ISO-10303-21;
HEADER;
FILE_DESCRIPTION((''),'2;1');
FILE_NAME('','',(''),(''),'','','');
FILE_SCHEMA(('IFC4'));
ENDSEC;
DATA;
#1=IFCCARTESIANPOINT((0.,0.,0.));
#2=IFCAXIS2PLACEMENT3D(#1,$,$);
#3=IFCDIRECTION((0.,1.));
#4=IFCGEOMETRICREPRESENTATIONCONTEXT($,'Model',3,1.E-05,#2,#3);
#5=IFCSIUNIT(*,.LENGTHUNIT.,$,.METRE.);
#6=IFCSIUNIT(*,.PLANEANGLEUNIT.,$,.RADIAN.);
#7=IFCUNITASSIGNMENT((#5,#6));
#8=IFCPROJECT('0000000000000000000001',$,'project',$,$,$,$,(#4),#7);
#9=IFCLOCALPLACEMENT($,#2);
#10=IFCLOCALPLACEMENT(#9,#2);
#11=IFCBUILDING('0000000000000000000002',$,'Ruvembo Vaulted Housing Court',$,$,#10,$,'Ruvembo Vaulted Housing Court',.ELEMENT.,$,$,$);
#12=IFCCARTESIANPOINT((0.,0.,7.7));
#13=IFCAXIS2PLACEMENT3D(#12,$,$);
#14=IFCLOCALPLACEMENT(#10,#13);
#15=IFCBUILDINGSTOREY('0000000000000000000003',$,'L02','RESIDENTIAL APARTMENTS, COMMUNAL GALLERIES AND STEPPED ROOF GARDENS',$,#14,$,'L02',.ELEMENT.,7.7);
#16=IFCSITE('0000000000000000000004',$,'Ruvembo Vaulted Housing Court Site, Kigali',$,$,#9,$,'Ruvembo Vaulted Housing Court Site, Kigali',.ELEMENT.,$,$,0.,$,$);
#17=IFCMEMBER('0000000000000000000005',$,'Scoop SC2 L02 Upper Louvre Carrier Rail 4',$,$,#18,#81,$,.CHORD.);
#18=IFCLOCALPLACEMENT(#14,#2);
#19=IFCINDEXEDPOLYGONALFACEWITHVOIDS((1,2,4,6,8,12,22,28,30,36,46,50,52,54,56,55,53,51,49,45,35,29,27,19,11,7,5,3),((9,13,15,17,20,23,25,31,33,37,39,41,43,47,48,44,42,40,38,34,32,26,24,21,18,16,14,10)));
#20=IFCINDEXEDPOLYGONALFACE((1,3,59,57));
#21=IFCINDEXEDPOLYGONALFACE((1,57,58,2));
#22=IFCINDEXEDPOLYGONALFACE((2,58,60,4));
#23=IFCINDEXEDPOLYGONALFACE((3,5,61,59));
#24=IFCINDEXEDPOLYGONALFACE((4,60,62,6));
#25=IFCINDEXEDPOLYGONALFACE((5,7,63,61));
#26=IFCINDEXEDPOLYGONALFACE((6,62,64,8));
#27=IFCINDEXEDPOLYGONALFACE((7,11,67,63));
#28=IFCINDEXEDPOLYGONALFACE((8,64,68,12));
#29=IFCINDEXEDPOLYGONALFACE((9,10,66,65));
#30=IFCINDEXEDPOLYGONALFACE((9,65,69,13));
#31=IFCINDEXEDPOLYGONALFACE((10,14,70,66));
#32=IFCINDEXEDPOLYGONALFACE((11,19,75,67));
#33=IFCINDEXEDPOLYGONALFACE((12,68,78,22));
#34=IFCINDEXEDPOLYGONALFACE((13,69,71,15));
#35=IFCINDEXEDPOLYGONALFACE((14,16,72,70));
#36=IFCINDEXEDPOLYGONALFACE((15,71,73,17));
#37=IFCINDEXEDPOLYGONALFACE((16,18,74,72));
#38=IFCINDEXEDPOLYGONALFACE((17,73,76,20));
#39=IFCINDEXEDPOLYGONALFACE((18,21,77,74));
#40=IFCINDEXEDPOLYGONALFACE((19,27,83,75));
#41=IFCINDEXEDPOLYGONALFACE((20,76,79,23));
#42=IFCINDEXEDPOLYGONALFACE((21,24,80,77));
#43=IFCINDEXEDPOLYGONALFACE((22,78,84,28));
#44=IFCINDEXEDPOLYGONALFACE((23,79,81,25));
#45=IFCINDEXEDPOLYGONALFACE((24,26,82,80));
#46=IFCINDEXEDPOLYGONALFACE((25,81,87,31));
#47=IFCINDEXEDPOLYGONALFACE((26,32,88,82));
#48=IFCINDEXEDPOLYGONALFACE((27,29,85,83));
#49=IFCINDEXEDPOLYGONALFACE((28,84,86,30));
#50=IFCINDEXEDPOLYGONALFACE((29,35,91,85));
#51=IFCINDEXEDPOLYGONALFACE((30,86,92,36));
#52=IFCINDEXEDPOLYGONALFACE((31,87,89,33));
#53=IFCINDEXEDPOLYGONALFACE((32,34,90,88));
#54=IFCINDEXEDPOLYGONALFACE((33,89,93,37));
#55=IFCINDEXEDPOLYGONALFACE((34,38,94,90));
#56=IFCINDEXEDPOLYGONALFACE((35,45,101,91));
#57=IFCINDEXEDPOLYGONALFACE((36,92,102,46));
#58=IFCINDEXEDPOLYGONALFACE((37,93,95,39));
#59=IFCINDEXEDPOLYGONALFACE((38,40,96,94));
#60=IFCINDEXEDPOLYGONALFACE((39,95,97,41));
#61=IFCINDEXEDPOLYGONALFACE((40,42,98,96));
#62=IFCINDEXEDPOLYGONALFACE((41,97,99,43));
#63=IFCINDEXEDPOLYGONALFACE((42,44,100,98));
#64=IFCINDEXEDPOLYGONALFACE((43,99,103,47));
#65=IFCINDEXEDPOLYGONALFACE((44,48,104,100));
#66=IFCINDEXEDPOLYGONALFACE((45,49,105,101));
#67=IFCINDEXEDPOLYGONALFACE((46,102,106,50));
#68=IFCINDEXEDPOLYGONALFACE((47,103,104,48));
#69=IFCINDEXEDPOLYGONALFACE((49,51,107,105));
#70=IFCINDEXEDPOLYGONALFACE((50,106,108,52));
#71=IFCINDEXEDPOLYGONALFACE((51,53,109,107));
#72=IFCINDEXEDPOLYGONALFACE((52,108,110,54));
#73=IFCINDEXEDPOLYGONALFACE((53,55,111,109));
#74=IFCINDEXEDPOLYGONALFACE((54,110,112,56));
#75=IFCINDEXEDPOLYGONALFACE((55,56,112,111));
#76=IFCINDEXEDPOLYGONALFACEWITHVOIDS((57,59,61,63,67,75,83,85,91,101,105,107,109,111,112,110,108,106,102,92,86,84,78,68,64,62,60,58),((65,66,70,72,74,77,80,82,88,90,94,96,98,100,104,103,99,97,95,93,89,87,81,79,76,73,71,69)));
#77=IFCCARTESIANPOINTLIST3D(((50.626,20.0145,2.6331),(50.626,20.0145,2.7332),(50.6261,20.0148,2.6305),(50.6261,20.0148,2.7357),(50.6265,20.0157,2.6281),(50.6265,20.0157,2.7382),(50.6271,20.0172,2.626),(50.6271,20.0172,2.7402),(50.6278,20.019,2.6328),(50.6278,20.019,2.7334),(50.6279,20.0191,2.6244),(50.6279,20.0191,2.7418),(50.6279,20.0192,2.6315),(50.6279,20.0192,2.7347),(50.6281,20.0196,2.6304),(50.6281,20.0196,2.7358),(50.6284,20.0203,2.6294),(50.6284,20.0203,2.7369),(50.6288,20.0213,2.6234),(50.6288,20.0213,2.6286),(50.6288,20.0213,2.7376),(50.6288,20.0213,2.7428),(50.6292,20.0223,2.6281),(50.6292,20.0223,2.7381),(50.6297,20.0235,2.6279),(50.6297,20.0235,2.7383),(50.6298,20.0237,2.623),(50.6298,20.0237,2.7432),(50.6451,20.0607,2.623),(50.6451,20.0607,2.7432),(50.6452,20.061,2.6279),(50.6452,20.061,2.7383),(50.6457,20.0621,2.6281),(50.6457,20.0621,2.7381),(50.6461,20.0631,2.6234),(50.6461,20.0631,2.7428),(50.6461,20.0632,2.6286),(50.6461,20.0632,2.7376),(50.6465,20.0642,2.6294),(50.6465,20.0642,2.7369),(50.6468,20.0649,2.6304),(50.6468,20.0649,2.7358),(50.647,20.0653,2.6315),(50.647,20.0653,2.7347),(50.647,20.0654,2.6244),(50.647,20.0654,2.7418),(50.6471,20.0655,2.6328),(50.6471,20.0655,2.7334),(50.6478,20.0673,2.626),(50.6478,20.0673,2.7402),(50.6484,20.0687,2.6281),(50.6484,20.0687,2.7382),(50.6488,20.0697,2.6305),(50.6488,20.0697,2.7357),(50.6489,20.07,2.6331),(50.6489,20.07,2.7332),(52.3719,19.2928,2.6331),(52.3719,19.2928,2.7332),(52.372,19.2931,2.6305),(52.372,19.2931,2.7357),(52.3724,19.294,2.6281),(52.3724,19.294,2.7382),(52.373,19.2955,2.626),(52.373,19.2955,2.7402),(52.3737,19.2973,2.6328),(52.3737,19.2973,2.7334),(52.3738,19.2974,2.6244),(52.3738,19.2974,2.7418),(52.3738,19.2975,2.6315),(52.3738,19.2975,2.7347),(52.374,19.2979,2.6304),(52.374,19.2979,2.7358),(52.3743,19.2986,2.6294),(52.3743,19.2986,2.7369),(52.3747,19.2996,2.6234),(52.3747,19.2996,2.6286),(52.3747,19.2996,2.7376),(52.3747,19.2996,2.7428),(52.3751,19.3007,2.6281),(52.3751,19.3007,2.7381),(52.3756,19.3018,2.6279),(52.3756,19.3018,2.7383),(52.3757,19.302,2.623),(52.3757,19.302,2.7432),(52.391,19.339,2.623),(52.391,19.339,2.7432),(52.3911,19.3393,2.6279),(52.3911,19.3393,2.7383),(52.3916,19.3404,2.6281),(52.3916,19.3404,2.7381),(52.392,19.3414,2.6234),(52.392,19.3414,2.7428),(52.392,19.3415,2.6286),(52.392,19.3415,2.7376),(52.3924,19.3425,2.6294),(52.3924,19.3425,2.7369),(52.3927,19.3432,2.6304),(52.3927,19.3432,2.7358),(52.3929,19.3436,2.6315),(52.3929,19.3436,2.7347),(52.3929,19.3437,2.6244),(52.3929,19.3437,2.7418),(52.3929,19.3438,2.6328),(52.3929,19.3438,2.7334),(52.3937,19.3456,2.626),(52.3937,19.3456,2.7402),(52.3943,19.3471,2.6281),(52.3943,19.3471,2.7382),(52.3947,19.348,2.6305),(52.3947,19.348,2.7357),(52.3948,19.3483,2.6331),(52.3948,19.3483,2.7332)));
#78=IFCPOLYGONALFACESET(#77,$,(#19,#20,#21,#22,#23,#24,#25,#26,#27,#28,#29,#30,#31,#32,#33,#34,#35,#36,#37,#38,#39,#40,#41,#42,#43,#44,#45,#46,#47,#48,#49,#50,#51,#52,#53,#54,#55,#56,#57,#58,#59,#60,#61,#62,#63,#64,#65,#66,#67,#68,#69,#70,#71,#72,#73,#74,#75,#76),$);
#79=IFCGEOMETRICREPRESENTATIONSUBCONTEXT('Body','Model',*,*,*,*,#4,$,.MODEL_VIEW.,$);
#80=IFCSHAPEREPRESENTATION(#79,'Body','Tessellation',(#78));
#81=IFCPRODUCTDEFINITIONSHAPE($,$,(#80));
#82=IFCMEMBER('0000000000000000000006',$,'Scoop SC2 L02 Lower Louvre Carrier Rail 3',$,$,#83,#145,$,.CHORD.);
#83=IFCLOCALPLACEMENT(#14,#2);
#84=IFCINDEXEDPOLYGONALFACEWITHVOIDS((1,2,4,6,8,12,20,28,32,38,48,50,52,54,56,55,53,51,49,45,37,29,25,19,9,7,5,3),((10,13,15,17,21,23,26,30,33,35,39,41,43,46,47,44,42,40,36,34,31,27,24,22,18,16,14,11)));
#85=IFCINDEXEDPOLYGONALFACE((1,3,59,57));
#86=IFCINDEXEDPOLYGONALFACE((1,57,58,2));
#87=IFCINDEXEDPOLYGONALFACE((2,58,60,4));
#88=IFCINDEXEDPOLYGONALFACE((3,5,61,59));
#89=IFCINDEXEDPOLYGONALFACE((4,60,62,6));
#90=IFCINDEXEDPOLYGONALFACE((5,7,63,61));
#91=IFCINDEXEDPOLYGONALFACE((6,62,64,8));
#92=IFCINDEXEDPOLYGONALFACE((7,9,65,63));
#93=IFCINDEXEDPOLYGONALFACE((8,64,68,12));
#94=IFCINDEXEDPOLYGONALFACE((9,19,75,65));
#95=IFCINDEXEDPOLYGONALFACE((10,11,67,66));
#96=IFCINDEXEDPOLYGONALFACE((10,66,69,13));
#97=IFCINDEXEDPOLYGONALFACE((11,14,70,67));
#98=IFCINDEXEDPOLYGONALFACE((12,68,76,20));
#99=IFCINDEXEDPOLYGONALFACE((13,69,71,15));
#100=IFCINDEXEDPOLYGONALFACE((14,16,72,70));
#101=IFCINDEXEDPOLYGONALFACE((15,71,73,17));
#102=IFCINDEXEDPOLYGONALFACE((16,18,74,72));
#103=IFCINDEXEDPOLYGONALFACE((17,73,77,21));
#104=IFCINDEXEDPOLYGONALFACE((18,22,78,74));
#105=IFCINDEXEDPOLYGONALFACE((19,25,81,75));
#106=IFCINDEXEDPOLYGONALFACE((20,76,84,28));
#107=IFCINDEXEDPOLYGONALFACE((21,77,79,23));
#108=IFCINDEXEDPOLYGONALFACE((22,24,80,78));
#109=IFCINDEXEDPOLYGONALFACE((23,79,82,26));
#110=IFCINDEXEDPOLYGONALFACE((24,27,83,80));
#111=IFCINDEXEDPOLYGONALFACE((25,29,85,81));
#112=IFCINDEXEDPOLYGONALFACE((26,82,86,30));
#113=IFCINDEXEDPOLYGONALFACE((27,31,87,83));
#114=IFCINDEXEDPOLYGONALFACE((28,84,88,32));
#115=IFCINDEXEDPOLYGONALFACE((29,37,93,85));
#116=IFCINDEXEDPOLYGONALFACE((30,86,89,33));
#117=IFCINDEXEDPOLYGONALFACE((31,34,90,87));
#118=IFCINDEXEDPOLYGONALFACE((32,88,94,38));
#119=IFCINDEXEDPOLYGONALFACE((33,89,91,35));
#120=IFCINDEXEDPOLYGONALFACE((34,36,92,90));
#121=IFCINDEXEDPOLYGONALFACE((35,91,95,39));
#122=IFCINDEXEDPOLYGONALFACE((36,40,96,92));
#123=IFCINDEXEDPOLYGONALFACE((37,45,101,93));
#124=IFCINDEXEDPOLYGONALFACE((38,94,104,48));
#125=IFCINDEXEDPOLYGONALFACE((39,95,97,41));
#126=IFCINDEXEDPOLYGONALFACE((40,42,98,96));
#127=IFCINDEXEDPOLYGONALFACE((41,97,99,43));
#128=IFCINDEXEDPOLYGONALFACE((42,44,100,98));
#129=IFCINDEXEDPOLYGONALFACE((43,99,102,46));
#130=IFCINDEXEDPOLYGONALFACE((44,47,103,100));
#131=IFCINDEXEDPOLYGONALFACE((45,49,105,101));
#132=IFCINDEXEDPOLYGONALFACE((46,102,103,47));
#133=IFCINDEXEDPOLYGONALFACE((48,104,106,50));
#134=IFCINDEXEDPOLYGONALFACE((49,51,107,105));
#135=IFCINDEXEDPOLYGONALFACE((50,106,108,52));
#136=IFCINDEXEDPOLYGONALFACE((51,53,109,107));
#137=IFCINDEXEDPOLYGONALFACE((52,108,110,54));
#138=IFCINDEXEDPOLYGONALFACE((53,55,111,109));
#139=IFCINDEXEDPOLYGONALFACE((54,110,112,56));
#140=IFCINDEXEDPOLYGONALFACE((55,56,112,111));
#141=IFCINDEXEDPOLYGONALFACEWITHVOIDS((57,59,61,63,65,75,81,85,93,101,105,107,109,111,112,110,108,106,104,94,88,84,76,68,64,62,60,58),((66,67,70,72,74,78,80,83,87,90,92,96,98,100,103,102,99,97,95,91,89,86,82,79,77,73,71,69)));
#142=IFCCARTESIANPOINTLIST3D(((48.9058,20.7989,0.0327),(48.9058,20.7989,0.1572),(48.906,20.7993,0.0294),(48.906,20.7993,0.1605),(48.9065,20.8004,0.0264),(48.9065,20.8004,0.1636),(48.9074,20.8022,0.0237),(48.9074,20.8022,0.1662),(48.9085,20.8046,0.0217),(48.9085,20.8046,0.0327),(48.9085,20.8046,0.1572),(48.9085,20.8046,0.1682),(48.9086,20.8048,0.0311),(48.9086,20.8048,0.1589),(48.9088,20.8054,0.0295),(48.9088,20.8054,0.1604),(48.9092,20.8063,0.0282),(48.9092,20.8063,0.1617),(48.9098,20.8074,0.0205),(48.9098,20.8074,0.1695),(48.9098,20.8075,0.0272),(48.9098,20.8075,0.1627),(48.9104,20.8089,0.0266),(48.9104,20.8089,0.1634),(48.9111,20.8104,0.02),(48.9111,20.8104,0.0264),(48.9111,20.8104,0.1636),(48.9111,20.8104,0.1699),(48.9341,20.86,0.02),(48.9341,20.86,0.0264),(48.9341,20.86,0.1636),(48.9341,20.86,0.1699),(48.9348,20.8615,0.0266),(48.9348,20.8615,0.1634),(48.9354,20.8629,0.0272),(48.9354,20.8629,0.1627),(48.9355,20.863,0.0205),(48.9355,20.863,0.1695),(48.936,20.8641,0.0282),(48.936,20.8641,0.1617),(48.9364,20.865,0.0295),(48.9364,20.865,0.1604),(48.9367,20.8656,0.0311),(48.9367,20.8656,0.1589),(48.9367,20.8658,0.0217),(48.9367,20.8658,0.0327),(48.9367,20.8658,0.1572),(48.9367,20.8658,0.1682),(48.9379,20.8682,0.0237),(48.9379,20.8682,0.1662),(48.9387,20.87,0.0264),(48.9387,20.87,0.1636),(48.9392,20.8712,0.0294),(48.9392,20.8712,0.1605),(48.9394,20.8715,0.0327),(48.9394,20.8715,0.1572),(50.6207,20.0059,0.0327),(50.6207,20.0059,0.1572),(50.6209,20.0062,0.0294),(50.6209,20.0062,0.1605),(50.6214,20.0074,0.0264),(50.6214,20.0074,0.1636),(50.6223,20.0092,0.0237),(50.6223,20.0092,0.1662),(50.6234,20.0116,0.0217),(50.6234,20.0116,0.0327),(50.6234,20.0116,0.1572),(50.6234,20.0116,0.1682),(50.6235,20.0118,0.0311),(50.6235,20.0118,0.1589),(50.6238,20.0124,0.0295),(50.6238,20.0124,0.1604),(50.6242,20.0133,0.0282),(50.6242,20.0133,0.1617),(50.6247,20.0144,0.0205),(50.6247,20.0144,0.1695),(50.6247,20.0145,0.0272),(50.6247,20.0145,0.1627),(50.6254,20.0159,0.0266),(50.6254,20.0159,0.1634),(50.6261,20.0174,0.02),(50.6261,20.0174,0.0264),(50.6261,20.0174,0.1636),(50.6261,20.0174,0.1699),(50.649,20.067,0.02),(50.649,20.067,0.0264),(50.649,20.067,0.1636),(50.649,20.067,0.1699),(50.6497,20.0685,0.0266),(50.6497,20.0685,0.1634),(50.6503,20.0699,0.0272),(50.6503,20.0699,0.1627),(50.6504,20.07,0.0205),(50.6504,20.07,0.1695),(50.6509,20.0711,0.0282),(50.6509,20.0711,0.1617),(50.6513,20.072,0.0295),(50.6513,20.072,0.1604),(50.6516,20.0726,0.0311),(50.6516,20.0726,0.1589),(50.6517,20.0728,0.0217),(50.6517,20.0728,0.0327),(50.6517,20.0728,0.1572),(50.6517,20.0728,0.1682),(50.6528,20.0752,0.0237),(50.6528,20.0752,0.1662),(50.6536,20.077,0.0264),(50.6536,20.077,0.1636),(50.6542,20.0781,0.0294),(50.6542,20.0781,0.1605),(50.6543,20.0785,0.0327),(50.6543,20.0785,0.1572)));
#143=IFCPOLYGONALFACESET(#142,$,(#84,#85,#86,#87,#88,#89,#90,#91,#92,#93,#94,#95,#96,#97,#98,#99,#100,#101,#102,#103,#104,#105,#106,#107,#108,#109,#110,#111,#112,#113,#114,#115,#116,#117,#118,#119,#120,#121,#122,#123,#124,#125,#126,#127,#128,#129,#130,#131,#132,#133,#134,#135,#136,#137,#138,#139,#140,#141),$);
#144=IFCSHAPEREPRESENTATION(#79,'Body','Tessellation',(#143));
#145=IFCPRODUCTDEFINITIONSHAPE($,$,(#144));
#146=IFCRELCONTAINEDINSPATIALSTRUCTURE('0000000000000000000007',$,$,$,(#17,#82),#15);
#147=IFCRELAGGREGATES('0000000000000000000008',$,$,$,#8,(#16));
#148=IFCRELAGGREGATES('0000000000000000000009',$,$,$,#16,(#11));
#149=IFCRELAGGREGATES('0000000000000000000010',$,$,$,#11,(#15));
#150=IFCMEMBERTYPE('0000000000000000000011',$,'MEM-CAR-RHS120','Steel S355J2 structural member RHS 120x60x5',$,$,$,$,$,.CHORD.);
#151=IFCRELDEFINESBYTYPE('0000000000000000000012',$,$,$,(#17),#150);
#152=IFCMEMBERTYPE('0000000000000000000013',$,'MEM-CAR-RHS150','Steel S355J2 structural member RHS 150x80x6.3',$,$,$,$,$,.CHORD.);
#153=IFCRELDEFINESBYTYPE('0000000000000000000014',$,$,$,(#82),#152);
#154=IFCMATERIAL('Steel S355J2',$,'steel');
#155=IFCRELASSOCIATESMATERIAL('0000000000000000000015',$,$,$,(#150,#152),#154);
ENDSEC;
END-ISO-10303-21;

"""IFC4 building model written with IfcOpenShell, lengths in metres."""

from ifc_helpers import new_model, si_unit, direction, frame, origin, origin_2d, place, context, subcontext, project, spatial, hollow_rectangle, extrude, material, material_profile, profile_set, type_object, element, save


model = new_model("IFC4")

# Units and contexts
model_context = context("Model", 3, precision=1e-05, world=origin(), true_north=direction((0.0, 1.0)))
body_context = subcontext(model_context, "Body", "Model", "MODEL_VIEW")
ifc_project = project(units=[si_unit("LENGTHUNIT", "METRE"), si_unit("PLANEANGLEUNIT", "RADIAN")], contexts=[model_context])

# Site, building, storey
site_placement = place(None, origin())
site = spatial("IfcSite", under=ifc_project, at=site_placement, Name="Ruvembo Vaulted Housing Court Site, Kigali", LongName="Ruvembo Vaulted Housing Court Site, Kigali", CompositionType="ELEMENT", RefElevation=0.0)
building_placement = place(site_placement, origin())
building = spatial("IfcBuilding", under=site, at=building_placement, Name="Ruvembo Vaulted Housing Court", LongName="Ruvembo Vaulted Housing Court", CompositionType="ELEMENT")
storey_placement = place(building_placement, frame((0.0, 0.0, 7.7)))
storey = spatial("IfcBuildingStorey", under=building, at=storey_placement, Name="L02", Description="RESIDENTIAL APARTMENTS, COMMUNAL GALLERIES AND STEPPED ROOF GARDENS", LongName="L02", CompositionType="ELEMENT", Elevation=7.7)

# Shared definitions
ifc_material_1 = material(Name="Steel S355J2", Category="steel")

# Members
ifc_material_profile_1 = material_profile(ifc_material_1, hollow_rectangle(XDim=0.0601, YDim=0.1201, WallThickness=0.0049, InnerFilletRadius=0.0049, OuterFilletRadius=0.01, at=origin_2d()), Name="RHS 120x60x5")
ifc_profile_set_1 = profile_set([ifc_material_profile_1], Name="Steel S355J2")
member_type_1 = type_object("IfcMemberType", Name="MEM-CAR-RHS120", Description="Steel S355J2 structural member RHS 120x60x5", PredefinedType="CHORD", material=ifc_profile_set_1)
member_1_placement = place(storey_placement, frame((50.6375, 20.0422, 2.6831), z_axis=(0.924155, -0.382017, 0.0), x_axis=(0.382017, 0.924155, 0.0)))
element("IfcMember", 1, at=member_1_placement, inside=storey, type_object=member_type_1, Name="Scoop SC2 L02 Upper Louvre Carrier Rail 4", PredefinedType="CHORD", context=body_context, shape_type="SweptSolid", body=[
    extrude(hollow_rectangle(XDim=0.0601, YDim=0.1201, WallThickness=0.0049, InnerFilletRadius=0.0049, OuterFilletRadius=0.01, at=origin_2d()), origin(), (0.0, 0.0, 1.0), 1.8892),
])
ifc_material_profile_2 = material_profile(ifc_material_1, hollow_rectangle(XDim=0.0801, YDim=0.1499, WallThickness=0.0063, InnerFilletRadius=0.0063, OuterFilletRadius=0.0127, at=origin_2d()), Name="RHS 150x80x6.3")
ifc_profile_set_2 = profile_set([ifc_material_profile_2], Name="Steel S355J2")
member_type_2 = type_object("IfcMemberType", Name="MEM-CAR-RHS150", Description="Steel S355J2 structural member RHS 150x80x6.3", PredefinedType="CHORD", material=ifc_profile_set_2)
member_2_placement = place(storey_placement, frame((48.9226, 20.8352, 0.095), z_axis=(0.907657, -0.419714, 0.0), x_axis=(0.419714, 0.907657, 0.0)))
element("IfcMember", 2, at=member_2_placement, inside=storey, type_object=member_type_2, Name="Scoop SC2 L02 Lower Louvre Carrier Rail 3", PredefinedType="CHORD", context=body_context, shape_type="SweptSolid", body=[
    extrude(hollow_rectangle(XDim=0.0801, YDim=0.1499, WallThickness=0.0063, InnerFilletRadius=0.0063, OuterFilletRadius=0.0127, at=origin_2d()), origin(), (0.0, 0.0, 1.0), 1.8894),
])

save(model, "model.ifc")
